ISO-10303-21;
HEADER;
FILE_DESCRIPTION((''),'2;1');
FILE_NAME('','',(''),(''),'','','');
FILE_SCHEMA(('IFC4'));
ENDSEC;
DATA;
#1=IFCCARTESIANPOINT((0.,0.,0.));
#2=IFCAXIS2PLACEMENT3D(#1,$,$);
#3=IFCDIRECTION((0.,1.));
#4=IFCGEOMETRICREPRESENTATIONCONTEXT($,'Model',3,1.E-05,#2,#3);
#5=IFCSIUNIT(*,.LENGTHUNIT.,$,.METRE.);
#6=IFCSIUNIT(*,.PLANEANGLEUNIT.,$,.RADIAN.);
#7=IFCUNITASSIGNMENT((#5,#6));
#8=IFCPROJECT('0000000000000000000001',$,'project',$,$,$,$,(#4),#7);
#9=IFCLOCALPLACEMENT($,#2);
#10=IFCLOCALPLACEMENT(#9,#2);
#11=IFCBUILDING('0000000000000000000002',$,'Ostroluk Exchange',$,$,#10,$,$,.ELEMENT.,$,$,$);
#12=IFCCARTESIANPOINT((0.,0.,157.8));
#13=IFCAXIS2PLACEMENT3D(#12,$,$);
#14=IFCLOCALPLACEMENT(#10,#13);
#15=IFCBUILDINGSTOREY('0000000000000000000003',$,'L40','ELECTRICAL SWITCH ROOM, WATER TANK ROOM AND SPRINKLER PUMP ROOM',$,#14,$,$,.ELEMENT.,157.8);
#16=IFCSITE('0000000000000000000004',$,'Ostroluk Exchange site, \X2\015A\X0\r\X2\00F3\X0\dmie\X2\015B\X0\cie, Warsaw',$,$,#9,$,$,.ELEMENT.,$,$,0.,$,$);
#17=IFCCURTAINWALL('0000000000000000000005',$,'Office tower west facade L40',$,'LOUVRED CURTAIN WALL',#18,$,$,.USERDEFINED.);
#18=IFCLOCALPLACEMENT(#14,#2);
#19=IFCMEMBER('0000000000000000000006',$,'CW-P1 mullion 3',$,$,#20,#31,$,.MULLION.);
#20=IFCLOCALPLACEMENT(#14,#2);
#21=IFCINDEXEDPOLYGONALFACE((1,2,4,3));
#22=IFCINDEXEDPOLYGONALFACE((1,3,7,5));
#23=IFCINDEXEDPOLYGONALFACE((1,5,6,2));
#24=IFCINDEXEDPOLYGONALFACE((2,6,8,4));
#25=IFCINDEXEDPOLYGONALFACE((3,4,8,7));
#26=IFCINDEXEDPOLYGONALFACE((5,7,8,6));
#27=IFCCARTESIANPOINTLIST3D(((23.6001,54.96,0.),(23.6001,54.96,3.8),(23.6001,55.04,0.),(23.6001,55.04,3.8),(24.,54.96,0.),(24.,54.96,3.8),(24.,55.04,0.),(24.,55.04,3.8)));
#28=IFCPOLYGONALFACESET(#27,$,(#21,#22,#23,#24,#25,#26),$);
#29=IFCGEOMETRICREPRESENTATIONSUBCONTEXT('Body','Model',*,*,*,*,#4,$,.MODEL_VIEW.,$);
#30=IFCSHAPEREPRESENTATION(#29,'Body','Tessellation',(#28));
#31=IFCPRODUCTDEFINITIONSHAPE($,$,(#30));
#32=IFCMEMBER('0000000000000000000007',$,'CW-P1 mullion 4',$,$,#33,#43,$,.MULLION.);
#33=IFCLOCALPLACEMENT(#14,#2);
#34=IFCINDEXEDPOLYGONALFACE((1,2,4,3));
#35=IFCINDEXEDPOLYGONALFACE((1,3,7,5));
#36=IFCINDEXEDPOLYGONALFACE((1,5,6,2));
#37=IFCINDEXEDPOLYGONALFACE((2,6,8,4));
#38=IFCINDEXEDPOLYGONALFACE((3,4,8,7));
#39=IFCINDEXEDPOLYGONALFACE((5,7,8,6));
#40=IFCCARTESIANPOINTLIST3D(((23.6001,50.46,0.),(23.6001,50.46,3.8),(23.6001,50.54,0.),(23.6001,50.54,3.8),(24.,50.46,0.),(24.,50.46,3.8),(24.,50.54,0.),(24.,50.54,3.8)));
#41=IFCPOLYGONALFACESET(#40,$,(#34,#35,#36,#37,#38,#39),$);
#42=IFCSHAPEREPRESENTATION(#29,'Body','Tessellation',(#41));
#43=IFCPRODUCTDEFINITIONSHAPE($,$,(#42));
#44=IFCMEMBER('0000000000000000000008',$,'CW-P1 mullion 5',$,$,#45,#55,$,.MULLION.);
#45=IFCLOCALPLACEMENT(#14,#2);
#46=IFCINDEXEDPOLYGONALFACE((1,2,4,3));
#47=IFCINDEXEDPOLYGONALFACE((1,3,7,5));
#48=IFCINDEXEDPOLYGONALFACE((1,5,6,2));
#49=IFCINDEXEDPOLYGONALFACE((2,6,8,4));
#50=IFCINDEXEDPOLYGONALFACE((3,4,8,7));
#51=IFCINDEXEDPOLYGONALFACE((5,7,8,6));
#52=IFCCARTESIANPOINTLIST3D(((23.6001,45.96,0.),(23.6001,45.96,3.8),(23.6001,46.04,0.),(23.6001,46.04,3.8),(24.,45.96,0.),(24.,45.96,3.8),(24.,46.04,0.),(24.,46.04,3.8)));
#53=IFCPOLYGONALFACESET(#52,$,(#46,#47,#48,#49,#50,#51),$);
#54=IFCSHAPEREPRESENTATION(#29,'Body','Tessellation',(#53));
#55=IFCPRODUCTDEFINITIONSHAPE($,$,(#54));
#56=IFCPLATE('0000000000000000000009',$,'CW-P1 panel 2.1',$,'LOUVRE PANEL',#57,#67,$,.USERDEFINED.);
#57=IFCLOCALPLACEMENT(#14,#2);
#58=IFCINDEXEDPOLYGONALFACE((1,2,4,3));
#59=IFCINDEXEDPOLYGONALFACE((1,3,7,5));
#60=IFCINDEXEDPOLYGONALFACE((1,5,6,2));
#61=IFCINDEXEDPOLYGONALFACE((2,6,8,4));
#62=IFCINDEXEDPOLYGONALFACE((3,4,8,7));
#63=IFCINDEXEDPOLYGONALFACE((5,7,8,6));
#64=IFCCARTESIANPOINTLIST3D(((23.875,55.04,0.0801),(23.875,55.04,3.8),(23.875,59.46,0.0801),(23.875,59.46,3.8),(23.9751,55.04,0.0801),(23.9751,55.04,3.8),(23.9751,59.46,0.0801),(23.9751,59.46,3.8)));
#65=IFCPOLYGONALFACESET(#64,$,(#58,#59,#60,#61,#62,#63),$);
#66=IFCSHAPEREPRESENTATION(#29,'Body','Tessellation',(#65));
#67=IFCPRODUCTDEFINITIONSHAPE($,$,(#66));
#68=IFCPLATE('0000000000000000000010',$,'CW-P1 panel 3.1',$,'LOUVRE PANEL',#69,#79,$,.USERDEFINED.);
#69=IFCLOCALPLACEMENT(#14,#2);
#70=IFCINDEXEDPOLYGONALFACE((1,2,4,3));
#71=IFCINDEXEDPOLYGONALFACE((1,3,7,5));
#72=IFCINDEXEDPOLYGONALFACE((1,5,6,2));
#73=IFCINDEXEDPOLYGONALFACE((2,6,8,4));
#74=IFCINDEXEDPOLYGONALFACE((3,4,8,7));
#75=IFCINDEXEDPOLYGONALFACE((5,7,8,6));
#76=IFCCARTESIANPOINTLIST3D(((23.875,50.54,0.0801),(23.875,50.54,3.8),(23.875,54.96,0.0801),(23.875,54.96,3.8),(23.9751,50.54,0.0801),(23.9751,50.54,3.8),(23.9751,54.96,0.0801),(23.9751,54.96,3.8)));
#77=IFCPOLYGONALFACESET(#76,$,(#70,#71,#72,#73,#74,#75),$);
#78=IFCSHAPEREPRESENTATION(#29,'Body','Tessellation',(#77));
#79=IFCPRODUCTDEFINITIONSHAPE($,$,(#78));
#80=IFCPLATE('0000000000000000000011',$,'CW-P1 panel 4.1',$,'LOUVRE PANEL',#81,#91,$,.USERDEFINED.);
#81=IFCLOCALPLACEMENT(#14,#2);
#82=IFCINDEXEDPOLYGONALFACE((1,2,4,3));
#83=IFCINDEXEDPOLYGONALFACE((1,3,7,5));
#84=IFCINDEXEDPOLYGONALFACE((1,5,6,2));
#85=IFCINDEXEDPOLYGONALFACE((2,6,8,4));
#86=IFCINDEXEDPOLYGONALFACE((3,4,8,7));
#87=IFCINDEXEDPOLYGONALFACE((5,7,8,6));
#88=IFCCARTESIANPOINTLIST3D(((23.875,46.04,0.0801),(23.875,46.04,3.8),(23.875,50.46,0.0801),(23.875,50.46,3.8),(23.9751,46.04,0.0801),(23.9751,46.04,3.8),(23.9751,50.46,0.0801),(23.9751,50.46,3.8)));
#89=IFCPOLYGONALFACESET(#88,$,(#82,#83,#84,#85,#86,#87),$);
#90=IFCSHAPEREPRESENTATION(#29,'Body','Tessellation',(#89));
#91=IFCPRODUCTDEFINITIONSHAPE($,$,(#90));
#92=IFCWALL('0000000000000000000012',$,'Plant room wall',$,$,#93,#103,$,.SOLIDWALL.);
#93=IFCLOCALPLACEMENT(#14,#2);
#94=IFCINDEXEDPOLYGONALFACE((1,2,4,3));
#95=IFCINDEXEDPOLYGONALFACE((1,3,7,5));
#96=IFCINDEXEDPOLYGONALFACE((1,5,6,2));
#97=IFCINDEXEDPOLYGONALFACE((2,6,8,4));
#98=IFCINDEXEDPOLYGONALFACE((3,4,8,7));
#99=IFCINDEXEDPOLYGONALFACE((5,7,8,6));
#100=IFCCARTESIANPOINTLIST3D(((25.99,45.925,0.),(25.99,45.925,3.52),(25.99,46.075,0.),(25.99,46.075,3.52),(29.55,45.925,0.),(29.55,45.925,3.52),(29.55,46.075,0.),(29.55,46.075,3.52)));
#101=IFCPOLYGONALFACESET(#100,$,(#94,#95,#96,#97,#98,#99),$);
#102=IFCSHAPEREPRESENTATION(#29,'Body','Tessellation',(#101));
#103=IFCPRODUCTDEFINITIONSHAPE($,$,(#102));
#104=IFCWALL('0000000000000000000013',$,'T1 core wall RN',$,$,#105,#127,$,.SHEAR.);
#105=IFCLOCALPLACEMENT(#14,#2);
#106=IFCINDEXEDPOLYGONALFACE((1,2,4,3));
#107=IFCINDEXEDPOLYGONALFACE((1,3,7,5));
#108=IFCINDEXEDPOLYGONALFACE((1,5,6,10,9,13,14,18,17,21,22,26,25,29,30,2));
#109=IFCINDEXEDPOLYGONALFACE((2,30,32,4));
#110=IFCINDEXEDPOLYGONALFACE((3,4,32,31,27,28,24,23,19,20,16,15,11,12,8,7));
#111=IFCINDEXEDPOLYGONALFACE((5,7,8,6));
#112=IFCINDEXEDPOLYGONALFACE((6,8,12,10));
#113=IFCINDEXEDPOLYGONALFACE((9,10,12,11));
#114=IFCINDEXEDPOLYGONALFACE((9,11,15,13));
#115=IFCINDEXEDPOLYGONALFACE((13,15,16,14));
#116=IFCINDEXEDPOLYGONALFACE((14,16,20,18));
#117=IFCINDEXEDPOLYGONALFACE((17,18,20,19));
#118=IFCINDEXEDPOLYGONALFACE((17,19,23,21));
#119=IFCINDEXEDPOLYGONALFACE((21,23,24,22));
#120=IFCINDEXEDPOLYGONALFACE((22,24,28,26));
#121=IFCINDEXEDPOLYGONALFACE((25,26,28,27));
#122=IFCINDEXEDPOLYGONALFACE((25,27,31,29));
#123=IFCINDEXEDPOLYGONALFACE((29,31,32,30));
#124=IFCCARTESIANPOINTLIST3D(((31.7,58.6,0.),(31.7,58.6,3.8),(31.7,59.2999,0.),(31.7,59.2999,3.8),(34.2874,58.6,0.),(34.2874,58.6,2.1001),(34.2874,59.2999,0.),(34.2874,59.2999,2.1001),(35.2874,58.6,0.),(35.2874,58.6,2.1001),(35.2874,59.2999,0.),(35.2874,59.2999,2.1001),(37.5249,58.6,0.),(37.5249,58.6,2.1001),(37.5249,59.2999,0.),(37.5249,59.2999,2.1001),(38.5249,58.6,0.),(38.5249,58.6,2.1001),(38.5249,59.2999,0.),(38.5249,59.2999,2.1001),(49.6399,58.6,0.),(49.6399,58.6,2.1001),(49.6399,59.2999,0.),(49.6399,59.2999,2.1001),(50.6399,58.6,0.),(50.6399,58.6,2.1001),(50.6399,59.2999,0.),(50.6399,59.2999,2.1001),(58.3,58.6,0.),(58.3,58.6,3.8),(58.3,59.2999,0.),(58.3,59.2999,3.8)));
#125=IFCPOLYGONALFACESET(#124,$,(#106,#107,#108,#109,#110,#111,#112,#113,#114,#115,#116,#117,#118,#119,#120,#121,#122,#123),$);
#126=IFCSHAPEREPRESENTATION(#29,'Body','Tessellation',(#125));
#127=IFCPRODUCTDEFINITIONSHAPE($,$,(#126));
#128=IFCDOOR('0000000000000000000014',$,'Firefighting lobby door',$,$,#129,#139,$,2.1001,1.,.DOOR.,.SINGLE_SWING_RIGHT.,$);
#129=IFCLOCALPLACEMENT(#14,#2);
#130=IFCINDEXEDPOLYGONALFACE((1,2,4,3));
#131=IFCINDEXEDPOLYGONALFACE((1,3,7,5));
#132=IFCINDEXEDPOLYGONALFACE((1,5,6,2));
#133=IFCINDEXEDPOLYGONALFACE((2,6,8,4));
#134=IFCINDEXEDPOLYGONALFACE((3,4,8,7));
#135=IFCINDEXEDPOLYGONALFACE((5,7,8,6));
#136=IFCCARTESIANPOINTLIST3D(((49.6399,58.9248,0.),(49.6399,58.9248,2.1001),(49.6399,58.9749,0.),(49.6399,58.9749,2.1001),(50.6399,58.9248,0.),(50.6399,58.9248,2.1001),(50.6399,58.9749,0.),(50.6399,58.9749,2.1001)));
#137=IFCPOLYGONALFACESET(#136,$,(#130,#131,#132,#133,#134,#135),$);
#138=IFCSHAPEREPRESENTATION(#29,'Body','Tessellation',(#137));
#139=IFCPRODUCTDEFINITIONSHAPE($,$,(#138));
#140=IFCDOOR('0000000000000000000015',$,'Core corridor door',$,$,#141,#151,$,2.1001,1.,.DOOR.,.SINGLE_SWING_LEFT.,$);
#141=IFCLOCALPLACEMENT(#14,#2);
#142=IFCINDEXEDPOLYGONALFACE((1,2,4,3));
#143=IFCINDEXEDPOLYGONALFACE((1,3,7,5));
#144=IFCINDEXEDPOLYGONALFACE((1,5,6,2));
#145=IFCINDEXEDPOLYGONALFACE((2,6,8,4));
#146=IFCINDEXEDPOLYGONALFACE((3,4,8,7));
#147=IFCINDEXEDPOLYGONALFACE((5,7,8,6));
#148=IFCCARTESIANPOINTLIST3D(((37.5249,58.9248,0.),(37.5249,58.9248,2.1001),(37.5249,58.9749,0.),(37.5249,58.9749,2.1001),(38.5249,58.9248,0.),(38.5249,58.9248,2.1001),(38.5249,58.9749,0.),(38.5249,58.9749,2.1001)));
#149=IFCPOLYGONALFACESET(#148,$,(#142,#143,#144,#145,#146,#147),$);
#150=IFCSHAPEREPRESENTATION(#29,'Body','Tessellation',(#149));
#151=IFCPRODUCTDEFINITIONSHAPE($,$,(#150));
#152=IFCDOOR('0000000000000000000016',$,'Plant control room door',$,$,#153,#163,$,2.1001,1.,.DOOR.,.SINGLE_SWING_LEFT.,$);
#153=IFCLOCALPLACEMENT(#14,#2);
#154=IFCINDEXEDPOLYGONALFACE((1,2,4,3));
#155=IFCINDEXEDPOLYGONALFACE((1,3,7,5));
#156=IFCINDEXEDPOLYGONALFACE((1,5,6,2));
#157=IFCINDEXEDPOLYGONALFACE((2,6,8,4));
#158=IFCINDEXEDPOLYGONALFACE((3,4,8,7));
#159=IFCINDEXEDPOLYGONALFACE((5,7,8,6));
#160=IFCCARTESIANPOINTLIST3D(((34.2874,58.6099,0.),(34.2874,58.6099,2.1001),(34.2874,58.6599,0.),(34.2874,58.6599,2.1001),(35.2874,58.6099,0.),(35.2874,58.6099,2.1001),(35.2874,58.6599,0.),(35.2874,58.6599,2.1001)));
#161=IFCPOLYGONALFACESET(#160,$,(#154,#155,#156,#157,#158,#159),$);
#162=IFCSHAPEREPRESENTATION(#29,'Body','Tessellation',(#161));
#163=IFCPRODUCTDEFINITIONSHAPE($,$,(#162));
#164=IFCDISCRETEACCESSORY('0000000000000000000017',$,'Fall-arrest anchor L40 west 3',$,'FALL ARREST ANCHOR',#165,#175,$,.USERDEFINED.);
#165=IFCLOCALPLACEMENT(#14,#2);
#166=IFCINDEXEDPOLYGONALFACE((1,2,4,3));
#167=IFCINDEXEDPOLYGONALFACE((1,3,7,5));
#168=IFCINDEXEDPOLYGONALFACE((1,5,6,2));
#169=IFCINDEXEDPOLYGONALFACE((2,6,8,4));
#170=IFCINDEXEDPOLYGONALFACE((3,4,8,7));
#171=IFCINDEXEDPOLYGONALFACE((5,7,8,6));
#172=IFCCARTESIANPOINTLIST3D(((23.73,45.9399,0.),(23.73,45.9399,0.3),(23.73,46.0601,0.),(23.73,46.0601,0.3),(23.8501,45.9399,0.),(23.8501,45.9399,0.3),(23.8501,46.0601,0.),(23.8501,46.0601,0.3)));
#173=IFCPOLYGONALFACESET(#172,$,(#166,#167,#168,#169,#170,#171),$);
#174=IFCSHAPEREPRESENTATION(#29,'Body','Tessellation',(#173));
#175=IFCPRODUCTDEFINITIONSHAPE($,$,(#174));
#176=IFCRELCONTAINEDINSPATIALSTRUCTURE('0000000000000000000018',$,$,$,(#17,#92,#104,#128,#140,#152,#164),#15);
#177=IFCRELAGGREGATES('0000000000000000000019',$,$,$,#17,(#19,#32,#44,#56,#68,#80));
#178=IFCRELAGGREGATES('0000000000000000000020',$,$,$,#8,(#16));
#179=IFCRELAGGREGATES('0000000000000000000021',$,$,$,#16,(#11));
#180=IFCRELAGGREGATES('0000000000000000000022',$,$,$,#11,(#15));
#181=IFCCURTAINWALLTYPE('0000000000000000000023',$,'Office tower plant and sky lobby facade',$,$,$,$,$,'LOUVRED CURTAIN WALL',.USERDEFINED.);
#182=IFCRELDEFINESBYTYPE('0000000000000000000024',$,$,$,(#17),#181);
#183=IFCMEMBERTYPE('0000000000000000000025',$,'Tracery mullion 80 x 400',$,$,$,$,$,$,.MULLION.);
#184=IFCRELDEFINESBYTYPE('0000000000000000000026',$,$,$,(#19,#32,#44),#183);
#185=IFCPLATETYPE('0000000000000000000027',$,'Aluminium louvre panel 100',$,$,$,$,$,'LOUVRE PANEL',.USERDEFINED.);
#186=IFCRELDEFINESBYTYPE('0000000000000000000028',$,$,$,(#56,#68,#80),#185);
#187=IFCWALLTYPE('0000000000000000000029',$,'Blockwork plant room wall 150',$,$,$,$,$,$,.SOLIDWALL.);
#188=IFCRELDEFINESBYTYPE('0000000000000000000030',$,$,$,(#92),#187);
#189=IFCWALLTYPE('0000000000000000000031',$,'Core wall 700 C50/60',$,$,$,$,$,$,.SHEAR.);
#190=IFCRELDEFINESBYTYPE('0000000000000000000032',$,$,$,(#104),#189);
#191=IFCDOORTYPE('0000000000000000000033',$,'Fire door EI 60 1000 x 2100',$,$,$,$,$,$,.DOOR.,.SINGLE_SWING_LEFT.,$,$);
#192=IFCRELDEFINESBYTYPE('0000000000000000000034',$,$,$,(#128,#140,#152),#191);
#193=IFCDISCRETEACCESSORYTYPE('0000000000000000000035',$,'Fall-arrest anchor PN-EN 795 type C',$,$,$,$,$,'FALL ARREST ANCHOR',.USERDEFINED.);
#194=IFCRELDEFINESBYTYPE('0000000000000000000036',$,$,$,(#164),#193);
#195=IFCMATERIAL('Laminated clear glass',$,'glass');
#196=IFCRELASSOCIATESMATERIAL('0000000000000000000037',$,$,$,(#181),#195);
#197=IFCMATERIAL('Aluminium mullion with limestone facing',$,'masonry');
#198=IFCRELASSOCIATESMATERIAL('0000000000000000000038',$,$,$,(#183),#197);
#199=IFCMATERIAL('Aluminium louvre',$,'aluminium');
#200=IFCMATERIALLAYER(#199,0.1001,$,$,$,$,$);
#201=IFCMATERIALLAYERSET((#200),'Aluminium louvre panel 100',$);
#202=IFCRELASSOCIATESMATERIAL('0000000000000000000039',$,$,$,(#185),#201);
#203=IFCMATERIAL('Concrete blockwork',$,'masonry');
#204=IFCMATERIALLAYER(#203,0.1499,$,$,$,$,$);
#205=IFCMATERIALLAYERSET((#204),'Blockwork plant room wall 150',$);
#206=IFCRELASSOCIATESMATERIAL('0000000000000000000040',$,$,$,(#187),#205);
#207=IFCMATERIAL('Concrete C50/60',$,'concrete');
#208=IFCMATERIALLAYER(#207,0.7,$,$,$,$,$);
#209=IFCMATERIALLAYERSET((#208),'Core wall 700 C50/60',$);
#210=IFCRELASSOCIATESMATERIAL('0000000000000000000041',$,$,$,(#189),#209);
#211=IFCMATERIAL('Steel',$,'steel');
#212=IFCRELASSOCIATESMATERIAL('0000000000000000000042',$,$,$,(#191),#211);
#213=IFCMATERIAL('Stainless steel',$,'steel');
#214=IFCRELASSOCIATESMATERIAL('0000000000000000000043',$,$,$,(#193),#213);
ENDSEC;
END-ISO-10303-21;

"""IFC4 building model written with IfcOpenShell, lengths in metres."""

from ifc_helpers import new_model, si_unit, direction, frame, frame_2d, origin, origin_2d, place, context, subcontext, project, spatial, rectangle, extrude, material, layer, layer_set, material_profile, profile_set, type_object, element, fill, aggregate, save


model = new_model("IFC4")

# Units and contexts
model_context = context("Model", 3, precision=1e-05, world=origin(), true_north=direction((0.0, 1.0)))
body_context = subcontext(model_context, "Body", "Model", "MODEL_VIEW")
ifc_project = project(units=[si_unit("LENGTHUNIT", "METRE"), si_unit("PLANEANGLEUNIT", "RADIAN")], contexts=[model_context])

# Site, building, storey
site_placement = place(None, origin())
site = spatial("IfcSite", under=ifc_project, at=site_placement, Name="Ostroluk Exchange site, Śródmieście, Warsaw", CompositionType="ELEMENT", RefElevation=0.0)
building_placement = place(site_placement, origin())
building = spatial("IfcBuilding", under=site, at=building_placement, Name="Ostroluk Exchange", CompositionType="ELEMENT")
storey_placement = place(building_placement, frame((0.0, 0.0, 157.8)))
storey = spatial("IfcBuildingStorey", under=building, at=storey_placement, Name="L40", Description="ELECTRICAL SWITCH ROOM, WATER TANK ROOM AND SPRINKLER PUMP ROOM", CompositionType="ELEMENT", Elevation=157.8)

# Curtain wall, members, plates
ifc_material_1 = material(Name="Laminated clear glass", Category="glass")
curtain_wall_type = type_object("IfcCurtainWallType", Name="Office tower plant and sky lobby facade", ElementType="LOUVRED CURTAIN WALL", PredefinedType="USERDEFINED", material=ifc_material_1)
curtain_wall_placement = place(storey_placement, origin())
curtain_wall = element("IfcCurtainWall", 1, at=curtain_wall_placement, inside=storey, type_object=curtain_wall_type, Name="Office tower west facade L40", ObjectType="LOUVRED CURTAIN WALL", PredefinedType="USERDEFINED")
ifc_material_2 = material(Name="Aluminium mullion with limestone facing", Category="masonry")
ifc_material_profile_1 = material_profile(ifc_material_2, rectangle(XDim=0.3999, YDim=0.0801, at=origin_2d()), Name="Tracery mullion 80 x 400")
ifc_profile_set_1 = profile_set([ifc_material_profile_1], Name="Aluminium mullion with limestone facing")
member_type_1 = type_object("IfcMemberType", Name="Tracery mullion 80 x 400", PredefinedType="MULLION", material=ifc_profile_set_1)
member_1_placement = place(storey_placement, frame((23.8, 55.0, 0.0), z_axis=(0.0, 0.0, 1.0), x_axis=(1.0, 0.0, 0.0)))
member_1 = element("IfcMember", 2, at=member_1_placement, type_object=member_type_1, Name="CW-P1 mullion 3", PredefinedType="MULLION", context=body_context, shape_type="SweptSolid", body=[
    extrude(rectangle(XDim=0.3999, YDim=0.0801, at=origin_2d()), origin(), (0.0, 0.0, 1.0), 3.8),
])
member_2_placement = place(storey_placement, frame((23.8, 50.5, 0.0), z_axis=(0.0, 0.0, 1.0), x_axis=(1.0, 0.0, 0.0)))
member_2 = element("IfcMember", 3, at=member_2_placement, type_object=member_type_1, Name="CW-P1 mullion 4", PredefinedType="MULLION", context=body_context, shape_type="SweptSolid", body=[
    extrude(rectangle(XDim=0.3999, YDim=0.0801, at=origin_2d()), origin(), (0.0, 0.0, 1.0), 3.8),
])
member_3_placement = place(storey_placement, frame((23.8, 46.0, 0.0), z_axis=(0.0, 0.0, 1.0), x_axis=(1.0, 0.0, 0.0)))
member_3 = element("IfcMember", 4, at=member_3_placement, type_object=member_type_1, Name="CW-P1 mullion 5", PredefinedType="MULLION", context=body_context, shape_type="SweptSolid", body=[
    extrude(rectangle(XDim=0.3999, YDim=0.0801, at=origin_2d()), origin(), (0.0, 0.0, 1.0), 3.8),
])
ifc_material_3 = material(Name="Aluminium louvre", Category="aluminium")
ifc_layer_1 = layer(ifc_material_3, 0.1001)
ifc_layer_set_1 = layer_set([ifc_layer_1], Name="Aluminium louvre panel 100")
plate_type = type_object("IfcPlateType", Name="Aluminium louvre panel 100", ElementType="LOUVRE PANEL", PredefinedType="USERDEFINED", material=ifc_layer_set_1)
plate_1_placement = place(storey_placement, frame((23.925, 57.25, 0.0801), z_axis=(0.0, 0.0, 1.0), x_axis=(0.0, -1.0, 0.0)))
plate_1 = element("IfcPlate", 5, at=plate_1_placement, type_object=plate_type, Name="CW-P1 panel 2.1", ObjectType="LOUVRE PANEL", PredefinedType="USERDEFINED", context=body_context, shape_type="SweptSolid", body=[
    extrude(rectangle(XDim=4.4199, YDim=0.1001, at=origin_2d()), origin(), (0.0, 0.0, 1.0), 3.72),
])
plate_2_placement = place(storey_placement, frame((23.925, 52.75, 0.0801), z_axis=(0.0, 0.0, 1.0), x_axis=(0.0, -1.0, 0.0)))
plate_2 = element("IfcPlate", 6, at=plate_2_placement, type_object=plate_type, Name="CW-P1 panel 3.1", ObjectType="LOUVRE PANEL", PredefinedType="USERDEFINED", context=body_context, shape_type="SweptSolid", body=[
    extrude(rectangle(XDim=4.4199, YDim=0.1001, at=origin_2d()), origin(), (0.0, 0.0, 1.0), 3.72),
])
plate_3_placement = place(storey_placement, frame((23.925, 48.25, 0.0801), z_axis=(0.0, 0.0, 1.0), x_axis=(0.0, -1.0, 0.0)))
plate_3 = element("IfcPlate", 7, at=plate_3_placement, type_object=plate_type, Name="CW-P1 panel 4.1", ObjectType="LOUVRE PANEL", PredefinedType="USERDEFINED", context=body_context, shape_type="SweptSolid", body=[
    extrude(rectangle(XDim=4.4199, YDim=0.1001, at=origin_2d()), origin(), (0.0, 0.0, 1.0), 3.72),
])
aggregate(curtain_wall, [member_1, member_2, member_3, plate_1, plate_2, plate_3])

# Wall
ifc_material_4 = material(Name="Concrete blockwork", Category="masonry")
ifc_layer_2 = layer(ifc_material_4, 0.1499)
ifc_layer_set_2 = layer_set([ifc_layer_2], Name="Blockwork plant room wall 150")
wall_type_1 = type_object("IfcWallType", Name="Blockwork plant room wall 150", PredefinedType="SOLIDWALL", material=ifc_layer_set_2)
wall_1_placement = place(storey_placement, frame((29.55, 46.0, 0.0), z_axis=(0.0, 0.0, 1.0), x_axis=(-1.0, 0.0, 0.0)))
element("IfcWall", 8, at=wall_1_placement, inside=storey, type_object=wall_type_1, Name="Plant room wall", PredefinedType="SOLIDWALL", context=body_context, shape_type="SweptSolid", body=[
    extrude(rectangle(XDim=3.5601, YDim=0.1499, at=frame_2d((1.78, 0.0))), origin(), (0.0, 0.0, 1.0), 3.52),
])

# Wall, openings, doors
ifc_material_5 = material(Name="Concrete C50/60", Category="concrete")
ifc_layer_3 = layer(ifc_material_5, 0.7)
ifc_layer_set_3 = layer_set([ifc_layer_3], Name="Core wall 700 C50/60")
wall_type_2 = type_object("IfcWallType", Name="Core wall 700 C50/60", PredefinedType="SHEAR", material=ifc_layer_set_3)
wall_2_placement = place(storey_placement, frame((31.7, 58.95, 0.0), z_axis=(0.0, 0.0, 1.0), x_axis=(1.0, 0.0, 0.0)))
wall_2 = element("IfcWall", 9, at=wall_2_placement, inside=storey, type_object=wall_type_2, Name="T1 core wall RN", PredefinedType="SHEAR", context=body_context, shape_type="SweptSolid", body=[
    extrude(rectangle(XDim=26.6001, YDim=0.7, at=frame_2d((13.3, 0.0))), origin(), (0.0, 0.0, 1.0), 3.8),
])
opening_1_placement = place(wall_2_placement, frame((17.9399, 0.0, 0.0)))
opening_1 = element("IfcOpeningElement", 10, at=opening_1_placement, cuts=wall_2, PredefinedType="OPENING", context=body_context, shape_type="SweptSolid", body=[
    extrude(rectangle(XDim=1.0, YDim=2.1001, at=frame_2d((0.5, 1.05))), frame((0.0, 0.3599, 0.0), z_axis=(0.0, -1.0, 0.0), x_axis=(1.0, 0.0, 0.0)), (0.0, 0.0, 1.0), 0.72),
])
opening_2_placement = place(wall_2_placement, frame((5.825, 0.0, 0.0)))
opening_2 = element("IfcOpeningElement", 11, at=opening_2_placement, cuts=wall_2, PredefinedType="OPENING", context=body_context, shape_type="SweptSolid", body=[
    extrude(rectangle(XDim=1.0, YDim=2.1001, at=frame_2d((0.5, 1.05))), frame((0.0, 0.3599, 0.0), z_axis=(0.0, -1.0, 0.0), x_axis=(1.0, 0.0, 0.0)), (0.0, 0.0, 1.0), 0.72),
])
opening_3_placement = place(wall_2_placement, frame((2.5874, 0.0, 0.0)))
opening_3 = element("IfcOpeningElement", 12, at=opening_3_placement, cuts=wall_2, PredefinedType="OPENING", context=body_context, shape_type="SweptSolid", body=[
    extrude(rectangle(XDim=1.0, YDim=2.1001, at=frame_2d((0.5, 1.05))), frame((0.0, 0.3599, 0.0), z_axis=(0.0, -1.0, 0.0), x_axis=(1.0, 0.0, 0.0)), (0.0, 0.0, 1.0), 0.72),
])
ifc_material_6 = material(Name="Steel", Category="steel")
door_type = type_object("IfcDoorType", Name="Fire door EI 60 1000 x 2100", OperationType="SINGLE_SWING_LEFT", PredefinedType="DOOR", material=ifc_material_6)
door_1_placement = place(opening_1_placement, origin())
door_1 = element("IfcDoor", 13, at=door_1_placement, inside=storey, type_object=door_type, Name="Firefighting lobby door", OperationType="SINGLE_SWING_RIGHT", OverallHeight=2.1001, OverallWidth=1.0, PredefinedType="DOOR", context=body_context, shape_type="SweptSolid", body=[
    extrude(rectangle(XDim=1.0, YDim=2.1001, at=frame_2d((0.5, 1.05))), frame((0.0, 0.0249, 0.0), z_axis=(0.0, -1.0, 0.0), x_axis=(1.0, 0.0, 0.0)), (0.0, 0.0, 1.0), 0.05),
])
fill(opening_1, door_1)
door_2_placement = place(opening_2_placement, origin())
door_2 = element("IfcDoor", 14, at=door_2_placement, inside=storey, type_object=door_type, Name="Core corridor door", OperationType="SINGLE_SWING_LEFT", OverallHeight=2.1001, OverallWidth=1.0, PredefinedType="DOOR", context=body_context, shape_type="SweptSolid", body=[
    extrude(rectangle(XDim=1.0, YDim=2.1001, at=frame_2d((0.5, 1.05))), frame((0.0, 0.0249, 0.0), z_axis=(0.0, -1.0, 0.0), x_axis=(1.0, 0.0, 0.0)), (0.0, 0.0, 1.0), 0.05),
])
fill(opening_2, door_2)
door_3_placement = place(opening_3_placement, origin())
door_3 = element("IfcDoor", 15, at=door_3_placement, inside=storey, type_object=door_type, Name="Plant control room door", OperationType="SINGLE_SWING_LEFT", OverallHeight=2.1001, OverallWidth=1.0, PredefinedType="DOOR", context=body_context, shape_type="SweptSolid", body=[
    extrude(rectangle(XDim=1.0, YDim=2.1001, at=frame_2d((0.5, 1.05))), frame((0.0, -0.29, 0.0), z_axis=(0.0, -1.0, 0.0), x_axis=(1.0, 0.0, 0.0)), (0.0, 0.0, 1.0), 0.05),
])
fill(opening_3, door_3)

# Discrete accessory
ifc_material_7 = material(Name="Stainless steel", Category="steel")
discrete_accessory_type = type_object("IfcDiscreteAccessoryType", Name="Fall-arrest anchor PN-EN 795 type C", ElementType="FALL ARREST ANCHOR", PredefinedType="USERDEFINED", material=ifc_material_7)
for number, where, z_axis, x_axis, name in (
    (16, (23.79, 46.0, 0.0), (0.0, 0.0, 1.0), (1.0, 0.0, 0.0), "Fall-arrest anchor L40 west 3"),
):
    element("IfcDiscreteAccessory", number, at=place(storey_placement, frame(where, z_axis=z_axis, x_axis=x_axis)), inside=storey, type_object=discrete_accessory_type, Name=name, ObjectType="FALL ARREST ANCHOR", PredefinedType="USERDEFINED", context=body_context, shape_type="SweptSolid", body=[
        extrude(rectangle(XDim=0.1201, YDim=0.1201, at=origin_2d()), origin(), (0.0, 0.0, 1.0), 0.3),
    ])

save(model, "model.ifc")
